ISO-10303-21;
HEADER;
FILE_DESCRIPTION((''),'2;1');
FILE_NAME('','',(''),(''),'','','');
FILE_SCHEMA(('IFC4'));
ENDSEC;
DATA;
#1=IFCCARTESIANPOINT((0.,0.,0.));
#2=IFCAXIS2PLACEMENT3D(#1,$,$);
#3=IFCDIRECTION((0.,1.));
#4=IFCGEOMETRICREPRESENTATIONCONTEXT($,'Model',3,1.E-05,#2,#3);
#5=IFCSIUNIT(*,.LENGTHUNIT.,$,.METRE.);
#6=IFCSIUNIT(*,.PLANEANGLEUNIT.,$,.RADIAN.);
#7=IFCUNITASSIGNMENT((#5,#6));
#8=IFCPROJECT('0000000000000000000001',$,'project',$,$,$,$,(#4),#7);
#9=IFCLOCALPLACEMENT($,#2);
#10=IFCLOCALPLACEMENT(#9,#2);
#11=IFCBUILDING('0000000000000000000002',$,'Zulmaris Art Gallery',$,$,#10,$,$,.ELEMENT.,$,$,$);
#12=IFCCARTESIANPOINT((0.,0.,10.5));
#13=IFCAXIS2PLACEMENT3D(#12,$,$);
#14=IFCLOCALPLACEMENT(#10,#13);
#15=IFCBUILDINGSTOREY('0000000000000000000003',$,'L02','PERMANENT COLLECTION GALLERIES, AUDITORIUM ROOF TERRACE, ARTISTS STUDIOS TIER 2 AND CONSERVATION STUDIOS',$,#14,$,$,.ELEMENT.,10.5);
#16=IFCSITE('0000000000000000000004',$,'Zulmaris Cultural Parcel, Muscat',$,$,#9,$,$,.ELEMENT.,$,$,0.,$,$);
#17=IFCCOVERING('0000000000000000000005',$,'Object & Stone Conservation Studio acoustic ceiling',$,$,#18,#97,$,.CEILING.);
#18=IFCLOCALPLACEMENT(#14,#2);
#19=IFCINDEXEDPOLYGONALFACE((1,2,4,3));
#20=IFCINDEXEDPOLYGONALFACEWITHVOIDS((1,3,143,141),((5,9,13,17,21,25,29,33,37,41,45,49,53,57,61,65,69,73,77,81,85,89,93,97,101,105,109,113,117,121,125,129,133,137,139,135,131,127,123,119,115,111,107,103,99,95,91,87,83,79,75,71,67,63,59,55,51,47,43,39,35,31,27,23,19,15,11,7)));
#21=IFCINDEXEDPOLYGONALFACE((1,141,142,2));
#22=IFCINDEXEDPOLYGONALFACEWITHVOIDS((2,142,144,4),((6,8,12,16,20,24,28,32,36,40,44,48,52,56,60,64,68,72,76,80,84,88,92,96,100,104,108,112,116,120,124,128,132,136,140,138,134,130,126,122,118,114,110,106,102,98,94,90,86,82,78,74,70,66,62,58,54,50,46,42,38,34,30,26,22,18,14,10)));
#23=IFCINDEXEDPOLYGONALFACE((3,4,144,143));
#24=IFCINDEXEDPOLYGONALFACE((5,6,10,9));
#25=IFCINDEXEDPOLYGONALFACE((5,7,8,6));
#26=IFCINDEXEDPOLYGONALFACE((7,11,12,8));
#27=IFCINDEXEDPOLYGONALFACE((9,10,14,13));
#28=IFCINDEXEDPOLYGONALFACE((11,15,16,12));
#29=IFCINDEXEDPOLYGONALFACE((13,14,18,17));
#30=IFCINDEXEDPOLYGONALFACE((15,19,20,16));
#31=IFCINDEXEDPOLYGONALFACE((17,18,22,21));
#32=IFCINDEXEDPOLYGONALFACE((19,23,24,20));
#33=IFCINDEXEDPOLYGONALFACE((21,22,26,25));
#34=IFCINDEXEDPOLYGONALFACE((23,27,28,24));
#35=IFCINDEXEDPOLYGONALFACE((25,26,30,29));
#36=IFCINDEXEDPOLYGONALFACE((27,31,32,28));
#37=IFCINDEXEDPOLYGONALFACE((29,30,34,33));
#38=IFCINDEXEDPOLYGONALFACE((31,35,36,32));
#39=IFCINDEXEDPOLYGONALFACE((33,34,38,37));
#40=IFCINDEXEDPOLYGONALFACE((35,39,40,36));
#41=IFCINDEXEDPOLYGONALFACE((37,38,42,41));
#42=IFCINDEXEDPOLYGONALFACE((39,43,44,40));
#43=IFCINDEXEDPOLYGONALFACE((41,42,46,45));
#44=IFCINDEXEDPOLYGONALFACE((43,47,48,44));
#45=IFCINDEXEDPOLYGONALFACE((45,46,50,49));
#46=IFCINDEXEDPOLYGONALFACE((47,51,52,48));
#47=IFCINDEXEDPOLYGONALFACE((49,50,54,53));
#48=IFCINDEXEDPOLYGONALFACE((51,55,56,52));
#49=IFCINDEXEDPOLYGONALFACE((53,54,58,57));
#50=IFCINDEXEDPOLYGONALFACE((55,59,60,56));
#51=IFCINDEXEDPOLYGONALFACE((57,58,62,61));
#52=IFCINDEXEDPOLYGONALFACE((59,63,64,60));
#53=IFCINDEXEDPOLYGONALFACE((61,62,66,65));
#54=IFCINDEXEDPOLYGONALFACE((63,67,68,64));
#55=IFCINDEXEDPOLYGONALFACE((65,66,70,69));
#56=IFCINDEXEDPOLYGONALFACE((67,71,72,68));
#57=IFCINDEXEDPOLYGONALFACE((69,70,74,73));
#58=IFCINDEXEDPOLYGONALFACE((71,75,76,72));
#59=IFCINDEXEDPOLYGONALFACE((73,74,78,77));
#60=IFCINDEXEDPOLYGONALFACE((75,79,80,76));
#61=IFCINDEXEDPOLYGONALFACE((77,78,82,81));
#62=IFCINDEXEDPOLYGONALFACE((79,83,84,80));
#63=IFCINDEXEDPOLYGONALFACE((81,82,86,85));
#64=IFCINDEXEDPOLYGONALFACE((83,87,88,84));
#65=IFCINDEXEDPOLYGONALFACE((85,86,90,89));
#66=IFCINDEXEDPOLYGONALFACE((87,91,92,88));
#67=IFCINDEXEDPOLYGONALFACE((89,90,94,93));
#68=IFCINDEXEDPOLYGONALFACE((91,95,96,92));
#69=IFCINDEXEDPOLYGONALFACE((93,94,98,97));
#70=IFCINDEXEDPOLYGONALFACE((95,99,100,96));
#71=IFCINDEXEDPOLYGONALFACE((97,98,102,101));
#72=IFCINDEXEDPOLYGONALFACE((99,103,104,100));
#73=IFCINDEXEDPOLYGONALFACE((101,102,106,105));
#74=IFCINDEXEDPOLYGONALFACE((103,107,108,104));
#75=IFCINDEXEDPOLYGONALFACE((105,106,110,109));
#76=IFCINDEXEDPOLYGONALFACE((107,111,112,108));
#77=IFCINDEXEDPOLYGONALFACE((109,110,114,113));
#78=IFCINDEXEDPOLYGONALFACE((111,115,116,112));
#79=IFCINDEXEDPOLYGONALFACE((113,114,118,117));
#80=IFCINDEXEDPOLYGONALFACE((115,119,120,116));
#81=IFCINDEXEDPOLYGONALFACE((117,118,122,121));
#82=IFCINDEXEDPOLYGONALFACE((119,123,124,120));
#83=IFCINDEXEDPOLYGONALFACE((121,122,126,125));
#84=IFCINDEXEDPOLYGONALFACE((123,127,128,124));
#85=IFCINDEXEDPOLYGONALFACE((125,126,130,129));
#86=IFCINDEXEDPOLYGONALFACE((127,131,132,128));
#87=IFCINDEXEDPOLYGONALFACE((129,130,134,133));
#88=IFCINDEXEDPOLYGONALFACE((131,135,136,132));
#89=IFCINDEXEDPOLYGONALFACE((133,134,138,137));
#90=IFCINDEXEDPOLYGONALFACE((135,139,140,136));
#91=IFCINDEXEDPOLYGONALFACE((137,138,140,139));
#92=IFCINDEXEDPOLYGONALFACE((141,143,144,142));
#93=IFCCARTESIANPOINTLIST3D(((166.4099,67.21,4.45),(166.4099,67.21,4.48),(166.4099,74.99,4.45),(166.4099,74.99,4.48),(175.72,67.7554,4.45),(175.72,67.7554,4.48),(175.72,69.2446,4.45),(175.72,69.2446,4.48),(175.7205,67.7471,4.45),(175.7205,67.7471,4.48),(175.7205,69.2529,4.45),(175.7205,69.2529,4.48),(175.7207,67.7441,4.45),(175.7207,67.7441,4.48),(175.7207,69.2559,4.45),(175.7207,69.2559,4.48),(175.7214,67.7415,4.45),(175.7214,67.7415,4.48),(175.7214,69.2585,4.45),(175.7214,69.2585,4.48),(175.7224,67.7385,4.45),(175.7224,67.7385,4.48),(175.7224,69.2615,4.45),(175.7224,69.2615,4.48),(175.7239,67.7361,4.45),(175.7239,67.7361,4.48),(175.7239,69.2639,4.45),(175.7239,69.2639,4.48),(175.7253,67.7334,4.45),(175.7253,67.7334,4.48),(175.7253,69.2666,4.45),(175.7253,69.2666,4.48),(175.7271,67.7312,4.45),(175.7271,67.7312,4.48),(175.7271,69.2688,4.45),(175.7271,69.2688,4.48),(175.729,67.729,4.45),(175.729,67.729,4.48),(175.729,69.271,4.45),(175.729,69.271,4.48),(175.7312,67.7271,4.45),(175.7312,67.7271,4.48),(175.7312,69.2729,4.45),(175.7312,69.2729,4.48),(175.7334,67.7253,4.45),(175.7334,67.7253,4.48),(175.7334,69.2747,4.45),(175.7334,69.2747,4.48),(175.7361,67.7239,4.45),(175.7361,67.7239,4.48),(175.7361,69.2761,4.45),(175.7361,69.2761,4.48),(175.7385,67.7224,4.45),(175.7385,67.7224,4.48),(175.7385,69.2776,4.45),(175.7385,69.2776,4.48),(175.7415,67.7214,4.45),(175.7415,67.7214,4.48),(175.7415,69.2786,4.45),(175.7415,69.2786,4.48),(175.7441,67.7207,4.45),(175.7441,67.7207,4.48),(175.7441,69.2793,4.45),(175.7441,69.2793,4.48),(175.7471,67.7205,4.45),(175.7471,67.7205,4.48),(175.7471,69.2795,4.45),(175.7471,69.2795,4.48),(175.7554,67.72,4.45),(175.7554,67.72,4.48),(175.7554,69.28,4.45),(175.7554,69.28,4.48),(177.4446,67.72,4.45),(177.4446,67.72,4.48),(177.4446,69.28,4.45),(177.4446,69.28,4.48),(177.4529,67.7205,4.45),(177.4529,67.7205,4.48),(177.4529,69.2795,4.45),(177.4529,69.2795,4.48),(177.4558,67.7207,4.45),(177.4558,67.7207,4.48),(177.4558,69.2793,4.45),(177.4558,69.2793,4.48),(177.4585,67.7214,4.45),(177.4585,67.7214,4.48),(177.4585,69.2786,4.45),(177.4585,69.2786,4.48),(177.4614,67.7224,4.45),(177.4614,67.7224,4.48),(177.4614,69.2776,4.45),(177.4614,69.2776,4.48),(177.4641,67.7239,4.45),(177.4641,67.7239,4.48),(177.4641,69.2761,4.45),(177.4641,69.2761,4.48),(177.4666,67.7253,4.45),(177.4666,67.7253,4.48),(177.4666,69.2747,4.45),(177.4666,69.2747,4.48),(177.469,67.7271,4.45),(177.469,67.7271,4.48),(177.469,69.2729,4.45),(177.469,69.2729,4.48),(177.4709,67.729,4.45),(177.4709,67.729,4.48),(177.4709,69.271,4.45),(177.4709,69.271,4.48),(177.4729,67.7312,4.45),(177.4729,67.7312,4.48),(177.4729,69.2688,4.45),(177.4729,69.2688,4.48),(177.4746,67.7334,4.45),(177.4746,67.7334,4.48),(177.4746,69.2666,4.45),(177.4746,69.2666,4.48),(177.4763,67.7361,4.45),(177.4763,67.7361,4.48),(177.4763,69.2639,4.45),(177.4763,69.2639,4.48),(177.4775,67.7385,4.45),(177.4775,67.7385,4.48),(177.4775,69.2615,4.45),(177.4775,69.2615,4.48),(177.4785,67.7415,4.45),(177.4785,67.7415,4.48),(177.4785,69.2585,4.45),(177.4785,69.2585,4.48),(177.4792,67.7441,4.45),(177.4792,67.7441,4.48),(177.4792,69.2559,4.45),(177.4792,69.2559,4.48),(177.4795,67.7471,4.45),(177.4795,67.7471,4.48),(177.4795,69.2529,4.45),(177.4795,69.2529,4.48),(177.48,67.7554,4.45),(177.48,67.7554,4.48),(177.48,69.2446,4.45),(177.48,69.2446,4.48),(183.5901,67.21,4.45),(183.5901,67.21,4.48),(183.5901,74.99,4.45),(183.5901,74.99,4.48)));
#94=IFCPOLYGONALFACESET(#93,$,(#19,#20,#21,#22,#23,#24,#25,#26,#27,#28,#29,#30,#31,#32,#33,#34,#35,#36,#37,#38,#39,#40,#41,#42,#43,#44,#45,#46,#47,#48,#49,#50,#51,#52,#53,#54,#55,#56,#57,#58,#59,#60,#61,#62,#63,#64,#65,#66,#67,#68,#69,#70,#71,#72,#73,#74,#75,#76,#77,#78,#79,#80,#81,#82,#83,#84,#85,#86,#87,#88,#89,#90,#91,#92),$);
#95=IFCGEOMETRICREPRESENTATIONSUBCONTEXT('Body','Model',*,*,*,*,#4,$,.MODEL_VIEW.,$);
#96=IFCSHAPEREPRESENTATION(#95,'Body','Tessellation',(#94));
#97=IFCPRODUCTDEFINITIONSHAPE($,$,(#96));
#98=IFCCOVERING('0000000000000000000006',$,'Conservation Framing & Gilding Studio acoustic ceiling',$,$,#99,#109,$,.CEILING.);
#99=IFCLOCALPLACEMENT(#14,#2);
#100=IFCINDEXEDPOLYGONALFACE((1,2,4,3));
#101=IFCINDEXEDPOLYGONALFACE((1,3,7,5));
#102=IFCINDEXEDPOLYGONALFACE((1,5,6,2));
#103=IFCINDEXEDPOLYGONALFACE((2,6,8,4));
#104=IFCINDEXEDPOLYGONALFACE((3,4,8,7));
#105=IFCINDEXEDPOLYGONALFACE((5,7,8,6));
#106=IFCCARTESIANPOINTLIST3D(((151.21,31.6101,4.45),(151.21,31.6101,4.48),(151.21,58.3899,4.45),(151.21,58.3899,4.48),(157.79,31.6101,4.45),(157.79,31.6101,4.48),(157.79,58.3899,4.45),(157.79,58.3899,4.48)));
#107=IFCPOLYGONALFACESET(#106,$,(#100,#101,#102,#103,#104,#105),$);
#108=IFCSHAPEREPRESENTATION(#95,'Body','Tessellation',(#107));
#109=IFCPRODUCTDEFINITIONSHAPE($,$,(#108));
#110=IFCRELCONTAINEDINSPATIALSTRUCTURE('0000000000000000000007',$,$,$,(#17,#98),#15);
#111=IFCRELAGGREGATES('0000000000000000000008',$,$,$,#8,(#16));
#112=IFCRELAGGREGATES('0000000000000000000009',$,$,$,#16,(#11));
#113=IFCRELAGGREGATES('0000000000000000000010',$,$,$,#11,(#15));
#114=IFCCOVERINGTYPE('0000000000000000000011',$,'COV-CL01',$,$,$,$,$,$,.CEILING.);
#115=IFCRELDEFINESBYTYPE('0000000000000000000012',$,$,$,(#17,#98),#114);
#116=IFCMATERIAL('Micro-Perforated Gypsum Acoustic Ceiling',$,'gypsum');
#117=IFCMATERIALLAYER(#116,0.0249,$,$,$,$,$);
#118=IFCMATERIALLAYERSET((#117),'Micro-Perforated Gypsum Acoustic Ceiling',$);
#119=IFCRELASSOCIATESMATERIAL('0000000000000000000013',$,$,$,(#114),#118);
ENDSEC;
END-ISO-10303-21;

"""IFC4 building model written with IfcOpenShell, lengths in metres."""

from ifc_helpers import new_model, si_unit, direction, frame, origin, place, context, subcontext, project, spatial, polyline, outline, extrude, material, layer, layer_set, type_object, element, save


model = new_model("IFC4")

# Units and contexts
model_context = context("Model", 3, precision=1e-05, world=origin(), true_north=direction((0.0, 1.0)))
body_context = subcontext(model_context, "Body", "Model", "MODEL_VIEW")
ifc_project = project(units=[si_unit("LENGTHUNIT", "METRE"), si_unit("PLANEANGLEUNIT", "RADIAN")], contexts=[model_context])

# Site, building, storey
site_placement = place(None, origin())
site = spatial("IfcSite", under=ifc_project, at=site_placement, Name="Zulmaris Cultural Parcel, Muscat", CompositionType="ELEMENT", RefElevation=0.0)
building_placement = place(site_placement, origin())
building = spatial("IfcBuilding", under=site, at=building_placement, Name="Zulmaris Art Gallery", CompositionType="ELEMENT")
storey_placement = place(building_placement, frame((0.0, 0.0, 10.5)))
storey = spatial("IfcBuildingStorey", under=building, at=storey_placement, Name="L02", Description="PERMANENT COLLECTION GALLERIES, AUDITORIUM ROOF TERRACE, ARTISTS STUDIOS TIER 2 AND CONSERVATION STUDIOS", CompositionType="ELEMENT", Elevation=10.5)

# Coverings
ifc_material_1 = material(Name="Micro-Perforated Gypsum Acoustic Ceiling", Category="gypsum")
ifc_layer_1 = layer(ifc_material_1, 0.0249)
ifc_layer_set_1 = layer_set([ifc_layer_1], Name="Micro-Perforated Gypsum Acoustic Ceiling")
covering_type_1 = type_object("IfcCoveringType", Name="COV-CL01", PredefinedType="CEILING", material=ifc_layer_set_1)
covering_1_placement = place(storey_placement, frame((0.0, 0.0, 4.45)))
element("IfcCovering", 1, at=covering_1_placement, inside=storey, type_object=covering_type_1, Name="Object & Stone Conservation Studio acoustic ceiling", PredefinedType="CEILING", context=body_context, shape_type="SweptSolid", body=[
    extrude(outline(polyline([(166.4099, 74.99), (183.5901, 74.99), (183.5901, 67.21), (166.4099, 67.21), (166.4099, 74.99)]), holes=[polyline([(175.7415, 69.2786), (175.7385, 69.2776), (175.7361, 69.2761), (175.7334, 69.2747), (175.7312, 69.2729), (175.729, 69.271), (175.7271, 69.2688), (175.7253, 69.2666), (175.7239, 69.2639), (175.7224, 69.2615), (175.7214, 69.2585), (175.7207, 69.2559), (175.7205, 69.2529), (175.72, 69.2446), (175.72, 67.7554), (175.7205, 67.7471), (175.7207, 67.7441), (175.7214, 67.7415), (175.7224, 67.7385), (175.7239, 67.7361), (175.7253, 67.7334), (175.7271, 67.7312), (175.729, 67.729), (175.7312, 67.7271), (175.7334, 67.7253), (175.7361, 67.7239), (175.7385, 67.7224), (175.7415, 67.7214), (175.7441, 67.7207), (175.7471, 67.7205), (175.7554, 67.72), (177.4446, 67.72), (177.4529, 67.7205), (177.4558, 67.7207), (177.4585, 67.7214), (177.4614, 67.7224), (177.4641, 67.7239), (177.4666, 67.7253), (177.469, 67.7271), (177.4709, 67.729), (177.4729, 67.7312), (177.4746, 67.7334), (177.4763, 67.7361), (177.4775, 67.7385), (177.4785, 67.7415), (177.4792, 67.7441), (177.4795, 67.7471), (177.48, 67.7554), (177.48, 69.2446), (177.4795, 69.2529), (177.4792, 69.2559), (177.4785, 69.2585), (177.4775, 69.2615), (177.4763, 69.2639), (177.4746, 69.2666), (177.4729, 69.2688), (177.4709, 69.271), (177.469, 69.2729), (177.4666, 69.2747), (177.4641, 69.2761), (177.4614, 69.2776), (177.4585, 69.2786), (177.4558, 69.2793), (177.4529, 69.2795), (177.4446, 69.28), (175.7554, 69.28), (175.7471, 69.2795), (175.7441, 69.2793), (175.7415, 69.2786)])]), origin(), (0.0, 0.0, 1.0), 0.03),
])
covering_2_placement = place(storey_placement, frame((0.0, 0.0, 4.45)))
element("IfcCovering", 2, at=covering_2_placement, inside=storey, type_object=covering_type_1, Name="Conservation Framing & Gilding Studio acoustic ceiling", PredefinedType="CEILING", context=body_context, shape_type="SweptSolid", body=[
    extrude(outline(polyline([(151.21, 58.3899), (157.79, 58.3899), (157.79, 31.6101), (151.21, 31.6101), (151.21, 58.3899)])), origin(), (0.0, 0.0, 1.0), 0.03),
])

save(model, "model.ifc")
